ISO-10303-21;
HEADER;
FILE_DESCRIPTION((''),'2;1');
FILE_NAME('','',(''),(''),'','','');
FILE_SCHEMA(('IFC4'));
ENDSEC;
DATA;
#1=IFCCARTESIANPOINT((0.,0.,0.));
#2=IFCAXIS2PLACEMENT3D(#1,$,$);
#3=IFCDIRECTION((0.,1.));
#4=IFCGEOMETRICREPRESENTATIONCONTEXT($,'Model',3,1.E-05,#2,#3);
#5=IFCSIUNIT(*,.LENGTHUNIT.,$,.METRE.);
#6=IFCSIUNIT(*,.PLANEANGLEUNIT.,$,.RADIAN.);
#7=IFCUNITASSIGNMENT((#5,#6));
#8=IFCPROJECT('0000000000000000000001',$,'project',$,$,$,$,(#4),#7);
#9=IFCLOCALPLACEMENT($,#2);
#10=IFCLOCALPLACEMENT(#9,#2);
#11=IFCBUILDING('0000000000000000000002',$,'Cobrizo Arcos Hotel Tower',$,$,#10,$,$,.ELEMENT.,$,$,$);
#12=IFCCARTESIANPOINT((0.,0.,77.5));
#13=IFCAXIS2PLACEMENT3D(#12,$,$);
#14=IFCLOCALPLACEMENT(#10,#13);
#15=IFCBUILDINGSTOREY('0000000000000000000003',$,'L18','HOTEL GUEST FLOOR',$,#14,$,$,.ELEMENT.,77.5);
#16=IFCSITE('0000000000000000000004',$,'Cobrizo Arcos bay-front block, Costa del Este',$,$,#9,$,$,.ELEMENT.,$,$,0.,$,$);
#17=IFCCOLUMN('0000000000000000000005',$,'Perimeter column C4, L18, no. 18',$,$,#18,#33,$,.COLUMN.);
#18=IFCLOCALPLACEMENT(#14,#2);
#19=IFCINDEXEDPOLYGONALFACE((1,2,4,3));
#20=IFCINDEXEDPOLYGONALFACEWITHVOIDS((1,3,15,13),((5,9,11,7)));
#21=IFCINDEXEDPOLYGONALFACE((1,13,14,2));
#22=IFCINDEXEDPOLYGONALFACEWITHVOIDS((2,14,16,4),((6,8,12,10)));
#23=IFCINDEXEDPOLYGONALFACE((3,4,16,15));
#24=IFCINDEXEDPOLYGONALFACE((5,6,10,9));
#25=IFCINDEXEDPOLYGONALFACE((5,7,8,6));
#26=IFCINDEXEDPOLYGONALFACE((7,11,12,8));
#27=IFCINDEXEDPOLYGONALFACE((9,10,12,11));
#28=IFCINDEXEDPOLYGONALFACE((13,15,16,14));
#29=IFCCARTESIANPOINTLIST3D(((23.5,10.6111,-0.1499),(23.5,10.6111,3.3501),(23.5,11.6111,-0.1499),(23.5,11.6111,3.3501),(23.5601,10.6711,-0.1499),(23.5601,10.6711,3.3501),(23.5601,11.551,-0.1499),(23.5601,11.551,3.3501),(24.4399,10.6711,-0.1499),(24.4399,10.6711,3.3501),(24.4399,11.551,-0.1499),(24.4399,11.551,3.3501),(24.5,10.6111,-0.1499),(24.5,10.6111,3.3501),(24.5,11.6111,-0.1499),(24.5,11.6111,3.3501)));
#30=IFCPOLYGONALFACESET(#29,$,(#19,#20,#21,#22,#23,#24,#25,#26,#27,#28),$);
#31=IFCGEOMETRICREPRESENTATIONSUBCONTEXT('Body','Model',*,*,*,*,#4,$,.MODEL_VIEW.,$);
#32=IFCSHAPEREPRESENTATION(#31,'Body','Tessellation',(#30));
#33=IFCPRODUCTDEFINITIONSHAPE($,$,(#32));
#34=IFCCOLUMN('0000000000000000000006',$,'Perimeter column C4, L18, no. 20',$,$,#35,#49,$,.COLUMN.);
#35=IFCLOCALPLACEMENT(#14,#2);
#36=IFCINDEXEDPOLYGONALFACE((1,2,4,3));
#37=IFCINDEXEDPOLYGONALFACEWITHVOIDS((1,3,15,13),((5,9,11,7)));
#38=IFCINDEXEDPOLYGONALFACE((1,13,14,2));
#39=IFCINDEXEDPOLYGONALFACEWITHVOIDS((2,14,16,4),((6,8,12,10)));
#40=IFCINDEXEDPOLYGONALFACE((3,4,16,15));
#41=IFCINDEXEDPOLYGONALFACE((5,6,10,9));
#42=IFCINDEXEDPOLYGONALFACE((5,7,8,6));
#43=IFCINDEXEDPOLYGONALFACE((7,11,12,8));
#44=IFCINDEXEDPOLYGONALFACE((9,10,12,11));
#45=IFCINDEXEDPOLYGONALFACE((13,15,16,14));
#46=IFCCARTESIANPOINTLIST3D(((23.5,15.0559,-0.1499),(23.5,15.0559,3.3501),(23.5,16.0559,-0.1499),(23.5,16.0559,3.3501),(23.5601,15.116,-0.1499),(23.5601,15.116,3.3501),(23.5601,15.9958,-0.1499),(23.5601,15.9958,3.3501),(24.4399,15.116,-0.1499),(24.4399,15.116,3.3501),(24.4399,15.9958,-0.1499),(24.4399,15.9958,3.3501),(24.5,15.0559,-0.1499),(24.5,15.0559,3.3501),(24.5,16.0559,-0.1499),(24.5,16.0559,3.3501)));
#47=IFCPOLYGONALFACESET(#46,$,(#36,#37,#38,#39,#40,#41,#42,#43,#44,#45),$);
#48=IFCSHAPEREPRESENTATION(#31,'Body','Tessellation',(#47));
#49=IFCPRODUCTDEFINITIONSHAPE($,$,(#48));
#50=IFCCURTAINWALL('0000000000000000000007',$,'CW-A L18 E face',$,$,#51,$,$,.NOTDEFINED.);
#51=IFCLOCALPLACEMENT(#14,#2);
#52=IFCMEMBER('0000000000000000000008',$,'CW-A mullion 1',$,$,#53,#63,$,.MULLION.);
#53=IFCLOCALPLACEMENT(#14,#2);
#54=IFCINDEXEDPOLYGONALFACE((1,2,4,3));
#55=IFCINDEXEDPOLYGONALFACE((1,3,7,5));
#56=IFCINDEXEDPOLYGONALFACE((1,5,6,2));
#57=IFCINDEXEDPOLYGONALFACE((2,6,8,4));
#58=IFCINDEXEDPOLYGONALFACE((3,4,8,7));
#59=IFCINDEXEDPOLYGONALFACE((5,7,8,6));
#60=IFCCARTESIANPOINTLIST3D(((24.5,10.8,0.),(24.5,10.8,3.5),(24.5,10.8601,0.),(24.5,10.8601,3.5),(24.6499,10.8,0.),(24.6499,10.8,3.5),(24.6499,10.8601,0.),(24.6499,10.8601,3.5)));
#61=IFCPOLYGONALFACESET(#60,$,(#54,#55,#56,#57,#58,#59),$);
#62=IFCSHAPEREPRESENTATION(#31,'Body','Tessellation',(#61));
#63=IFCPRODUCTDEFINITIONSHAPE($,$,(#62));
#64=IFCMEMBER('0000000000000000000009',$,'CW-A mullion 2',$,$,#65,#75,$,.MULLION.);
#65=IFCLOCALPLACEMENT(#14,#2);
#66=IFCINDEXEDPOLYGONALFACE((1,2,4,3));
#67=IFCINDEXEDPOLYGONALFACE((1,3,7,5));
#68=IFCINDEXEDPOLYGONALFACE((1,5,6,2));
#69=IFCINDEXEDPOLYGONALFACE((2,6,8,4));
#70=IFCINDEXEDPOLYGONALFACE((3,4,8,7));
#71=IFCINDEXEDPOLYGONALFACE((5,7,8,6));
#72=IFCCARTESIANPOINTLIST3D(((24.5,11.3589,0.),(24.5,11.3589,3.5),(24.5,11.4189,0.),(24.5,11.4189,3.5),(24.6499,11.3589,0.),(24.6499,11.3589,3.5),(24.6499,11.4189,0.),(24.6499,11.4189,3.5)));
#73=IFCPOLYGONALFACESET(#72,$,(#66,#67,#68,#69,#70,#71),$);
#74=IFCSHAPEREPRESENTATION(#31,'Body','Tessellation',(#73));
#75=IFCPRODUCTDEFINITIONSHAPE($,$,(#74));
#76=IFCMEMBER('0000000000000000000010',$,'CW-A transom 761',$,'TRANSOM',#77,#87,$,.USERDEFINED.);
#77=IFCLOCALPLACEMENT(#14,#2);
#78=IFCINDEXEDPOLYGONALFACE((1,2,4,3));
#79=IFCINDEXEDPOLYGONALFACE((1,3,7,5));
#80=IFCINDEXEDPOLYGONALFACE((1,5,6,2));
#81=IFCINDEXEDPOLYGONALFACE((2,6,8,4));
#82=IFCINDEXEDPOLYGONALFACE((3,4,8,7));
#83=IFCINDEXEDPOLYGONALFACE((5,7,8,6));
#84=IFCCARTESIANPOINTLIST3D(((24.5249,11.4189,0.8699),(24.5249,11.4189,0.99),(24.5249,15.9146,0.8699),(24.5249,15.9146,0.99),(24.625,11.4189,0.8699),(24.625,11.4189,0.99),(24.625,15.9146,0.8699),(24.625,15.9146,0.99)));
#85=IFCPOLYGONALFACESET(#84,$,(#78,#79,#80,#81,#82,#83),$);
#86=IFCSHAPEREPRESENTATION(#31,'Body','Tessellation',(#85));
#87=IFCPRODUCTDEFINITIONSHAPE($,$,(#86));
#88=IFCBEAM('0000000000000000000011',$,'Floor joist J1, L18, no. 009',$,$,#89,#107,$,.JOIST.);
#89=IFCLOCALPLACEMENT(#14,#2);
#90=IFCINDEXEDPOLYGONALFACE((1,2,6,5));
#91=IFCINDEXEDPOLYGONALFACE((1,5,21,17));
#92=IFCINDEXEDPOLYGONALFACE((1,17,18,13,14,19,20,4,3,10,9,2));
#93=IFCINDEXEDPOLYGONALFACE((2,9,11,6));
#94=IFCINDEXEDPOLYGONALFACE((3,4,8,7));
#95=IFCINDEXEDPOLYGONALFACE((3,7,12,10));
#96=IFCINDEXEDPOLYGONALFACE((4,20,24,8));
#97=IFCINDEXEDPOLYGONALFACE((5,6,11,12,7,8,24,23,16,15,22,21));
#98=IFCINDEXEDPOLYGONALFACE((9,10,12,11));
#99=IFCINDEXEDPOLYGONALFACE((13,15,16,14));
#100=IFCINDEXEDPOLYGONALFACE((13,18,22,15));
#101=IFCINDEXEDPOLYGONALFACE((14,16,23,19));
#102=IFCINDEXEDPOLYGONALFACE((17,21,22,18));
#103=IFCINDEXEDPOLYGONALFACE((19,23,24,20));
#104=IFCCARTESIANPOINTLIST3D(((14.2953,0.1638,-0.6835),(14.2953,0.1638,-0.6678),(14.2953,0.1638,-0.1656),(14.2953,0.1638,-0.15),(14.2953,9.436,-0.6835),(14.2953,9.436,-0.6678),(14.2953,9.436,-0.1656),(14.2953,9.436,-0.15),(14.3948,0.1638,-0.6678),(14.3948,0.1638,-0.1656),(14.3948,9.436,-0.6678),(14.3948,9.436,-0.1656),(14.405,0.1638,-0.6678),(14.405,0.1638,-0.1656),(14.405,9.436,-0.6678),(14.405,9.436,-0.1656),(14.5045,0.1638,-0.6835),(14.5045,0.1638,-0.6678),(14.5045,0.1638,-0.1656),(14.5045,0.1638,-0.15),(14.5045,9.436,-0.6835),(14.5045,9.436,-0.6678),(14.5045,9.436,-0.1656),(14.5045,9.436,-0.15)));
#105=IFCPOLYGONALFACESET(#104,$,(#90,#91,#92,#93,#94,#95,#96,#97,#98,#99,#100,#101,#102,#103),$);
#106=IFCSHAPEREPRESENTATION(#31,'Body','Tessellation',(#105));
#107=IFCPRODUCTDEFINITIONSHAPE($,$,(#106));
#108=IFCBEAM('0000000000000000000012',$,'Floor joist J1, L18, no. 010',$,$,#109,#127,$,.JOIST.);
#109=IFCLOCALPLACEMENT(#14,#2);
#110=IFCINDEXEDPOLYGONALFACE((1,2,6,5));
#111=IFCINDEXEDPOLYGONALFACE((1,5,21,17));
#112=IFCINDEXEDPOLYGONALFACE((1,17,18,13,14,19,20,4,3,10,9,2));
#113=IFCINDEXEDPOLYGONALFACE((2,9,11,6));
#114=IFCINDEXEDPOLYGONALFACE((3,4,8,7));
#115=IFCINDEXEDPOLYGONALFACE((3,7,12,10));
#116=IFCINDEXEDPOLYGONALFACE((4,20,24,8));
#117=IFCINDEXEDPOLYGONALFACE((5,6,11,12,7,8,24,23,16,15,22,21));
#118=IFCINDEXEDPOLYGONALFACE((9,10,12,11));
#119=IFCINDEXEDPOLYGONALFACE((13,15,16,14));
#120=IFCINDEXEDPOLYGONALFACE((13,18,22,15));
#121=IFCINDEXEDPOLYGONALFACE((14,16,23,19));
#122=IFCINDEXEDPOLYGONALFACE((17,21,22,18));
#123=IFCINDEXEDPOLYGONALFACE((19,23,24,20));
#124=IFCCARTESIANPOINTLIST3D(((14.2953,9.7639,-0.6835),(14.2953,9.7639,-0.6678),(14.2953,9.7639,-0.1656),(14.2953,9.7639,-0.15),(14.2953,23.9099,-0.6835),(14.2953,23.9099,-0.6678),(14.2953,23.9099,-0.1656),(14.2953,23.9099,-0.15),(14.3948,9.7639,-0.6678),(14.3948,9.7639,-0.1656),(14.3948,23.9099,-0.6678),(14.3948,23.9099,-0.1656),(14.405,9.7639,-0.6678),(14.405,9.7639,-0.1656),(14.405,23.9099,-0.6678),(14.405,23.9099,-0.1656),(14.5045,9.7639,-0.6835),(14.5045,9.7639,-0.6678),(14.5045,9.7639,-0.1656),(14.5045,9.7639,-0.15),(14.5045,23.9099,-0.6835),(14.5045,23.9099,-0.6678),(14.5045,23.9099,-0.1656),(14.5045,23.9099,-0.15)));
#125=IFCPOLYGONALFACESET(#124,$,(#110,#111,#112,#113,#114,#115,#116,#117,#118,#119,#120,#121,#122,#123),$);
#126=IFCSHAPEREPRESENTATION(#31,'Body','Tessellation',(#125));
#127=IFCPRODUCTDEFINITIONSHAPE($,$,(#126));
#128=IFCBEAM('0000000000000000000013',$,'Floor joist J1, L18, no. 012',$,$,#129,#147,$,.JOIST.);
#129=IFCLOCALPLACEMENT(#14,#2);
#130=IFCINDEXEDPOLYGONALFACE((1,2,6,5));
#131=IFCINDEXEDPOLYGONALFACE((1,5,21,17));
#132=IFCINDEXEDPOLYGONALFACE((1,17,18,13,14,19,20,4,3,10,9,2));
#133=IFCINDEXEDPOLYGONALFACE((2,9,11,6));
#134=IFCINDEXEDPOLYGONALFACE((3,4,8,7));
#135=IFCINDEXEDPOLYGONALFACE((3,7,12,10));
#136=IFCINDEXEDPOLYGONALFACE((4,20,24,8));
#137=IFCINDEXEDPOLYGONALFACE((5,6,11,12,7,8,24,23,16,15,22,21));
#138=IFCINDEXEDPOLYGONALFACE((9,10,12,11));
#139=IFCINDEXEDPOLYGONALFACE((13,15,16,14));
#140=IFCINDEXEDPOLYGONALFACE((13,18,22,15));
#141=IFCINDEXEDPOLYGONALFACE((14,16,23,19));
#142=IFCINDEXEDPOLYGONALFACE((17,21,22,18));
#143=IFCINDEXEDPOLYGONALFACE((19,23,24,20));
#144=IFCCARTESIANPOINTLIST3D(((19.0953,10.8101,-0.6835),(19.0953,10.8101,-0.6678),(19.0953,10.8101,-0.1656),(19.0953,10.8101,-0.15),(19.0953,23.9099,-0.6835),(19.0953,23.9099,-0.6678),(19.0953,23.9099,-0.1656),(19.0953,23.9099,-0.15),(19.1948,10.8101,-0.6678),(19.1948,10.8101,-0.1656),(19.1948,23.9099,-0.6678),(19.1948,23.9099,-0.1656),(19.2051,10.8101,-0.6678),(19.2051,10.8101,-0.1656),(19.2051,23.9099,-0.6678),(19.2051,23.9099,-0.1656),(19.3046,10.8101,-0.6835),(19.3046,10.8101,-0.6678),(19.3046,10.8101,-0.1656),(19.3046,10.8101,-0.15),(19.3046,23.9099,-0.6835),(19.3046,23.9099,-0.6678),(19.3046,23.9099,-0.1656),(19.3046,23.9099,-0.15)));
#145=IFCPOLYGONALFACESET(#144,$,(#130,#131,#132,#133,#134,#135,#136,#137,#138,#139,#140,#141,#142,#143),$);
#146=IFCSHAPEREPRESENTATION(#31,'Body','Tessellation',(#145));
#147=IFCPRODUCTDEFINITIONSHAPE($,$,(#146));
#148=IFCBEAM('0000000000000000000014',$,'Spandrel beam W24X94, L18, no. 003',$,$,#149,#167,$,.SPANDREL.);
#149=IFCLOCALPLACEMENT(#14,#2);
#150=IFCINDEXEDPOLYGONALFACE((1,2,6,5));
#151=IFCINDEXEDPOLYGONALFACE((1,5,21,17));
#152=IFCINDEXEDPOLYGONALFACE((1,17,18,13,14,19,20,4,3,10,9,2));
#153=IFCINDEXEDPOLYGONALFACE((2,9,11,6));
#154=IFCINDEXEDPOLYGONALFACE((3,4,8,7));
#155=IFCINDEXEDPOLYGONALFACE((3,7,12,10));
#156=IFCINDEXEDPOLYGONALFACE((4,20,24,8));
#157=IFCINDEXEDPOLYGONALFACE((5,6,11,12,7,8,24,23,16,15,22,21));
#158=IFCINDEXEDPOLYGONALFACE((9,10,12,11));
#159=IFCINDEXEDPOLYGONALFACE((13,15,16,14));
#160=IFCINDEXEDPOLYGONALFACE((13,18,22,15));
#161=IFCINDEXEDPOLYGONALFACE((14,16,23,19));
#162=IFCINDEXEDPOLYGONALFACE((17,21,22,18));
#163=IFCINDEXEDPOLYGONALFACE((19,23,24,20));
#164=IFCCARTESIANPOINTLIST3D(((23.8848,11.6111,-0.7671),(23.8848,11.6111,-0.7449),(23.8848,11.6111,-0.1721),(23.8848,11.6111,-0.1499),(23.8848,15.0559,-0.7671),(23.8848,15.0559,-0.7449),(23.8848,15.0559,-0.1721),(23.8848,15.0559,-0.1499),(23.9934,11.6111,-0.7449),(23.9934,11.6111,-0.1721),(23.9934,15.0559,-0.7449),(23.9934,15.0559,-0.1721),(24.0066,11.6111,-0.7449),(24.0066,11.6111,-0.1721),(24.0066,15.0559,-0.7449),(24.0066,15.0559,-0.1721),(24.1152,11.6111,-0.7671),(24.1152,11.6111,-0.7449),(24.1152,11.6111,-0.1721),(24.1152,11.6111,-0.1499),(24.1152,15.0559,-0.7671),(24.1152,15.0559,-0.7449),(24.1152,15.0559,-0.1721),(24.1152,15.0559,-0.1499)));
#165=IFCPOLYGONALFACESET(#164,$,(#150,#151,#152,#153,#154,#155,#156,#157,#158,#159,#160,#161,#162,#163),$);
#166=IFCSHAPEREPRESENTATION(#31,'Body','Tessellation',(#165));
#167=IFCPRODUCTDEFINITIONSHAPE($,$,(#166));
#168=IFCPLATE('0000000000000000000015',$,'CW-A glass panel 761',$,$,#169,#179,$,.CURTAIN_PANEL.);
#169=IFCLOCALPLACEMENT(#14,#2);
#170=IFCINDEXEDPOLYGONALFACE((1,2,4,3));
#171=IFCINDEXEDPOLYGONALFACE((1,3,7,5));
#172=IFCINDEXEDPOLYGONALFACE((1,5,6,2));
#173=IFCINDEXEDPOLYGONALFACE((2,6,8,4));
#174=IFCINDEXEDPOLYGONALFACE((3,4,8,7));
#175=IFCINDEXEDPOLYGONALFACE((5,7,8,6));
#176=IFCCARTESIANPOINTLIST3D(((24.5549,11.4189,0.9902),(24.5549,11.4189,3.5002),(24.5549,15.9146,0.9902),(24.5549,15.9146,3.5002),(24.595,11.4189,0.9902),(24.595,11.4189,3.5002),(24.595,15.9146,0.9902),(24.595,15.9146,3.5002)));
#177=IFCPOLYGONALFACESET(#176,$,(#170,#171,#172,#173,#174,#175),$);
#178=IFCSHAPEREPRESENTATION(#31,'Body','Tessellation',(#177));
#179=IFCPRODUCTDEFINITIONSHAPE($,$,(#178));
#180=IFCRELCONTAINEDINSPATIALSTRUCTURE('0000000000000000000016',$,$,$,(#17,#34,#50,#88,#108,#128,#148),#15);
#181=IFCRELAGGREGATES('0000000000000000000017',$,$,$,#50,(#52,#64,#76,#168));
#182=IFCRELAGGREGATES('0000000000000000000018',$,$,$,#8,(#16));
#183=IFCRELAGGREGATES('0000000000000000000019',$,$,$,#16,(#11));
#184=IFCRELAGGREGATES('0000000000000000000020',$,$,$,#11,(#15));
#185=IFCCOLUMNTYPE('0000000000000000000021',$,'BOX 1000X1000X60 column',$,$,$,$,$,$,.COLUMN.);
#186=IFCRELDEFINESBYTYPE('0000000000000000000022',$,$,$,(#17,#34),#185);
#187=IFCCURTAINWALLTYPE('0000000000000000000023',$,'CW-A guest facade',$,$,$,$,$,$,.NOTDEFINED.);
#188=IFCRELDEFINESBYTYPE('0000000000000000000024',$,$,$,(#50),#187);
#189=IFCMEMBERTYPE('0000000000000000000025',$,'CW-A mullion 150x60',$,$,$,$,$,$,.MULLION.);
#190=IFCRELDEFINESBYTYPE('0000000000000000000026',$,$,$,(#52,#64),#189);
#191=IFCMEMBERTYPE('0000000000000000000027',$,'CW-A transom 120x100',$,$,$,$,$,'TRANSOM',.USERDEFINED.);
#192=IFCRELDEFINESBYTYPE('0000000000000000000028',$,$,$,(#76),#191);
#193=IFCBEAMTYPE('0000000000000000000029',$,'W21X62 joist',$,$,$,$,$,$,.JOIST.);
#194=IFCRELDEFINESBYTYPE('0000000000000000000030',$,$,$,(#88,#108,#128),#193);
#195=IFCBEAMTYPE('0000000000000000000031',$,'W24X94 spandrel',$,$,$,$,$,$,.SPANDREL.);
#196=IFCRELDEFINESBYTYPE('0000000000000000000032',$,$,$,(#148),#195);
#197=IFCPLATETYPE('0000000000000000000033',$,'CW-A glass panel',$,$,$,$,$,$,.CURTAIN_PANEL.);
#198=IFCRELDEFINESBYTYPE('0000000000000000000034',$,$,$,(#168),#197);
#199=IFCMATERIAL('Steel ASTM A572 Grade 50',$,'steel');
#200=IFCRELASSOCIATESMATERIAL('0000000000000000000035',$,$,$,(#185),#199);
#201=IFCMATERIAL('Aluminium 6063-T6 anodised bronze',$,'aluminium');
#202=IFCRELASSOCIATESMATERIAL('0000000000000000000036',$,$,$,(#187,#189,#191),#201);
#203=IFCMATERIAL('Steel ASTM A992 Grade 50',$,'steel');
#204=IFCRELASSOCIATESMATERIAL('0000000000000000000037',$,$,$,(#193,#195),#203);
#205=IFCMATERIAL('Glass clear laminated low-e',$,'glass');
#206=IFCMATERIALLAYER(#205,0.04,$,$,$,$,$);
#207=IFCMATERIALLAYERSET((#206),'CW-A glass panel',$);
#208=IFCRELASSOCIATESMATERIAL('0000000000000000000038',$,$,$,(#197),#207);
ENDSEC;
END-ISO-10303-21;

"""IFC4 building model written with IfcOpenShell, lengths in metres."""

from ifc_helpers import new_model, si_unit, direction, frame, origin, origin_2d, place, context, subcontext, project, spatial, rectangle, hollow_rectangle, i_section, extrude, material, layer, layer_set, material_profile, profile_set, type_object, element, aggregate, save


model = new_model("IFC4")

# Units and contexts
model_context = context("Model", 3, precision=1e-05, world=origin(), true_north=direction((0.0, 1.0)))
body_context = subcontext(model_context, "Body", "Model", "MODEL_VIEW")
ifc_project = project(units=[si_unit("LENGTHUNIT", "METRE"), si_unit("PLANEANGLEUNIT", "RADIAN")], contexts=[model_context])

# Site, building, storey
site_placement = place(None, origin())
site = spatial("IfcSite", under=ifc_project, at=site_placement, Name="Cobrizo Arcos bay-front block, Costa del Este", CompositionType="ELEMENT", RefElevation=0.0)
building_placement = place(site_placement, origin())
building = spatial("IfcBuilding", under=site, at=building_placement, Name="Cobrizo Arcos Hotel Tower", CompositionType="ELEMENT")
storey_placement = place(building_placement, frame((0.0, 0.0, 77.5)))
storey = spatial("IfcBuildingStorey", under=building, at=storey_placement, Name="L18", Description="HOTEL GUEST FLOOR", CompositionType="ELEMENT", Elevation=77.5)

# Columns
ifc_material_1 = material(Name="Steel ASTM A572 Grade 50", Category="steel")
ifc_material_profile_1 = material_profile(ifc_material_1, hollow_rectangle(XDim=1.0, YDim=1.0, WallThickness=0.0601, at=origin_2d()), Name="BOX 1000X1000X60")
ifc_profile_set_1 = profile_set([ifc_material_profile_1], Name="Steel ASTM A572 Grade 50")
column_type = type_object("IfcColumnType", Name="BOX 1000X1000X60 column", PredefinedType="COLUMN", material=ifc_profile_set_1)
for number, where, z_axis, x_axis, name in (
    (1, (24.0, 11.1111, -0.1499), (0.0, 0.0, 1.0), (1.0, 0.0, 0.0), "Perimeter column C4, L18, no. 18"),
    (2, (24.0, 15.5559, -0.1499), (0.0, 0.0, 1.0), (1.0, 0.0, 0.0), "Perimeter column C4, L18, no. 20"),
):
    element("IfcColumn", number, at=place(storey_placement, frame(where, z_axis=z_axis, x_axis=x_axis)), inside=storey, type_object=column_type, Name=name, PredefinedType="COLUMN", context=body_context, shape_type="SweptSolid", body=[
        extrude(hollow_rectangle(XDim=1.0, YDim=1.0, WallThickness=0.0601, at=origin_2d()), origin(), (0.0, 0.0, 1.0), 3.5),
    ])

# Curtain wall, members
ifc_material_2 = material(Name="Aluminium 6063-T6 anodised bronze", Category="aluminium")
curtain_wall_type = type_object("IfcCurtainWallType", Name="CW-A guest facade", PredefinedType="NOTDEFINED", material=ifc_material_2)
curtain_wall_placement = place(storey_placement, origin())
curtain_wall = element("IfcCurtainWall", 3, at=curtain_wall_placement, inside=storey, type_object=curtain_wall_type, Name="CW-A L18 E face", PredefinedType="NOTDEFINED")
ifc_material_profile_2 = material_profile(ifc_material_2, rectangle(XDim=0.1499, YDim=0.0601, at=origin_2d()), Name="CW-A mullion 150x60")
ifc_profile_set_2 = profile_set([ifc_material_profile_2], Name="Aluminium 6063-T6 anodised bronze")
member_type_1 = type_object("IfcMemberType", Name="CW-A mullion 150x60", PredefinedType="MULLION", material=ifc_profile_set_2)
member_1_placement = place(storey_placement, frame((24.575, 10.8301, 0.0), z_axis=(0.0, 0.0, 1.0), x_axis=(1.0, 0.0, 0.0)))
member_1 = element("IfcMember", 4, at=member_1_placement, type_object=member_type_1, Name="CW-A mullion 1", PredefinedType="MULLION", context=body_context, shape_type="SweptSolid", body=[
    extrude(rectangle(XDim=0.1499, YDim=0.0601, at=origin_2d()), origin(), (0.0, 0.0, 1.0), 3.5),
])
member_2_placement = place(storey_placement, frame((24.575, 11.3889, 0.0), z_axis=(0.0, 0.0, 1.0), x_axis=(1.0, 0.0, 0.0)))
member_2 = element("IfcMember", 5, at=member_2_placement, type_object=member_type_1, Name="CW-A mullion 2", PredefinedType="MULLION", context=body_context, shape_type="SweptSolid", body=[
    extrude(rectangle(XDim=0.1499, YDim=0.0601, at=origin_2d()), origin(), (0.0, 0.0, 1.0), 3.5),
])
ifc_material_profile_3 = material_profile(ifc_material_2, rectangle(XDim=0.1001, YDim=0.1201, at=origin_2d()), Name="CW-A transom 120x100")
ifc_profile_set_3 = profile_set([ifc_material_profile_3], Name="Aluminium 6063-T6 anodised bronze")
member_type_2 = type_object("IfcMemberType", Name="CW-A transom 120x100", ElementType="TRANSOM", PredefinedType="USERDEFINED", material=ifc_profile_set_3)
member_3_placement = place(storey_placement, frame((24.575, 11.4189, 0.9299), z_axis=(0.0, 1.0, 0.0), x_axis=(-1.0, 0.0, 0.0)))
member_3 = element("IfcMember", 6, at=member_3_placement, type_object=member_type_2, Name="CW-A transom 761", ObjectType="TRANSOM", PredefinedType="USERDEFINED", context=body_context, shape_type="SweptSolid", body=[
    extrude(rectangle(XDim=0.1001, YDim=0.1201, at=origin_2d()), origin(), (0.0, 0.0, 1.0), 4.4956),
])

# Beams
ifc_material_3 = material(Name="Steel ASTM A992 Grade 50", Category="steel")
ifc_material_profile_4 = material_profile(ifc_material_3, i_section(OverallWidth=0.2092, OverallDepth=0.5334, WebThickness=0.0103, FlangeThickness=0.0156, at=origin_2d()), Name="W21X62")
ifc_profile_set_4 = profile_set([ifc_material_profile_4], Name="Steel ASTM A992 Grade 50")
beam_type_1 = type_object("IfcBeamType", Name="W21X62 joist", PredefinedType="JOIST", material=ifc_profile_set_4)
beam_1_placement = place(storey_placement, frame((14.3999, 0.1638, -0.4167), z_axis=(0.0, 1.0, 0.0), x_axis=(-1.0, 0.0, 0.0)))
element("IfcBeam", 7, at=beam_1_placement, inside=storey, type_object=beam_type_1, Name="Floor joist J1, L18, no. 009", PredefinedType="JOIST", context=body_context, shape_type="SweptSolid", body=[
    extrude(i_section(OverallWidth=0.2092, OverallDepth=0.5334, WebThickness=0.0103, FlangeThickness=0.0156, at=origin_2d()), origin(), (0.0, 0.0, 1.0), 9.2722),
])
beam_2_placement = place(storey_placement, frame((14.3999, 9.7639, -0.4167), z_axis=(0.0, 1.0, 0.0), x_axis=(-1.0, 0.0, 0.0)))
element("IfcBeam", 8, at=beam_2_placement, inside=storey, type_object=beam_type_1, Name="Floor joist J1, L18, no. 010", PredefinedType="JOIST", context=body_context, shape_type="SweptSolid", body=[
    extrude(i_section(OverallWidth=0.2092, OverallDepth=0.5334, WebThickness=0.0103, FlangeThickness=0.0156, at=origin_2d()), origin(), (0.0, 0.0, 1.0), 14.146),
])
beam_3_placement = place(storey_placement, frame((19.2, 10.8101, -0.4167), z_axis=(0.0, 1.0, 0.0), x_axis=(-1.0, 0.0, 0.0)))
element("IfcBeam", 9, at=beam_3_placement, inside=storey, type_object=beam_type_1, Name="Floor joist J1, L18, no. 012", PredefinedType="JOIST", context=body_context, shape_type="SweptSolid", body=[
    extrude(i_section(OverallWidth=0.2092, OverallDepth=0.5334, WebThickness=0.0103, FlangeThickness=0.0156, at=origin_2d()), origin(), (0.0, 0.0, 1.0), 13.0999),
])
ifc_material_profile_5 = material_profile(ifc_material_3, i_section(OverallWidth=0.2305, OverallDepth=0.6172, WebThickness=0.0132, FlangeThickness=0.0222, at=origin_2d()), Name="W24X94")
ifc_profile_set_5 = profile_set([ifc_material_profile_5], Name="Steel ASTM A992 Grade 50")
beam_type_2 = type_object("IfcBeamType", Name="W24X94 spandrel", PredefinedType="SPANDREL", material=ifc_profile_set_5)
beam_4_placement = place(storey_placement, frame((24.0, 15.0559, -0.4585), z_axis=(0.0, -1.0, 0.0), x_axis=(1.0, 0.0, 0.0)))
element("IfcBeam", 10, at=beam_4_placement, inside=storey, type_object=beam_type_2, Name="Spandrel beam W24X94, L18, no. 003", PredefinedType="SPANDREL", context=body_context, shape_type="SweptSolid", body=[
    extrude(i_section(OverallWidth=0.2305, OverallDepth=0.6172, WebThickness=0.0132, FlangeThickness=0.0222, at=origin_2d()), origin(), (0.0, 0.0, 1.0), 3.4448),
])

# Plate
ifc_material_4 = material(Name="Glass clear laminated low-e", Category="glass")
ifc_layer_1 = layer(ifc_material_4, 0.04)
ifc_layer_set_1 = layer_set([ifc_layer_1], Name="CW-A glass panel")
plate_type_1 = type_object("IfcPlateType", Name="CW-A glass panel", PredefinedType="CURTAIN_PANEL", material=ifc_layer_set_1)
plate_1_placement = place(storey_placement, frame((24.575, 13.6667, 0.9902), z_axis=(0.0, 0.0, 1.0), x_axis=(0.0, 1.0, 0.0)))
plate_1 = element("IfcPlate", 11, at=plate_1_placement, type_object=plate_type_1, Name="CW-A glass panel 761", PredefinedType="CURTAIN_PANEL", context=body_context, shape_type="SweptSolid", body=[
    extrude(rectangle(XDim=4.4956, YDim=0.04, at=origin_2d()), origin(), (0.0, 0.0, 1.0), 2.51),
])
aggregate(curtain_wall, [member_1, member_2, member_3, plate_1])

save(model, "model.ifc")
